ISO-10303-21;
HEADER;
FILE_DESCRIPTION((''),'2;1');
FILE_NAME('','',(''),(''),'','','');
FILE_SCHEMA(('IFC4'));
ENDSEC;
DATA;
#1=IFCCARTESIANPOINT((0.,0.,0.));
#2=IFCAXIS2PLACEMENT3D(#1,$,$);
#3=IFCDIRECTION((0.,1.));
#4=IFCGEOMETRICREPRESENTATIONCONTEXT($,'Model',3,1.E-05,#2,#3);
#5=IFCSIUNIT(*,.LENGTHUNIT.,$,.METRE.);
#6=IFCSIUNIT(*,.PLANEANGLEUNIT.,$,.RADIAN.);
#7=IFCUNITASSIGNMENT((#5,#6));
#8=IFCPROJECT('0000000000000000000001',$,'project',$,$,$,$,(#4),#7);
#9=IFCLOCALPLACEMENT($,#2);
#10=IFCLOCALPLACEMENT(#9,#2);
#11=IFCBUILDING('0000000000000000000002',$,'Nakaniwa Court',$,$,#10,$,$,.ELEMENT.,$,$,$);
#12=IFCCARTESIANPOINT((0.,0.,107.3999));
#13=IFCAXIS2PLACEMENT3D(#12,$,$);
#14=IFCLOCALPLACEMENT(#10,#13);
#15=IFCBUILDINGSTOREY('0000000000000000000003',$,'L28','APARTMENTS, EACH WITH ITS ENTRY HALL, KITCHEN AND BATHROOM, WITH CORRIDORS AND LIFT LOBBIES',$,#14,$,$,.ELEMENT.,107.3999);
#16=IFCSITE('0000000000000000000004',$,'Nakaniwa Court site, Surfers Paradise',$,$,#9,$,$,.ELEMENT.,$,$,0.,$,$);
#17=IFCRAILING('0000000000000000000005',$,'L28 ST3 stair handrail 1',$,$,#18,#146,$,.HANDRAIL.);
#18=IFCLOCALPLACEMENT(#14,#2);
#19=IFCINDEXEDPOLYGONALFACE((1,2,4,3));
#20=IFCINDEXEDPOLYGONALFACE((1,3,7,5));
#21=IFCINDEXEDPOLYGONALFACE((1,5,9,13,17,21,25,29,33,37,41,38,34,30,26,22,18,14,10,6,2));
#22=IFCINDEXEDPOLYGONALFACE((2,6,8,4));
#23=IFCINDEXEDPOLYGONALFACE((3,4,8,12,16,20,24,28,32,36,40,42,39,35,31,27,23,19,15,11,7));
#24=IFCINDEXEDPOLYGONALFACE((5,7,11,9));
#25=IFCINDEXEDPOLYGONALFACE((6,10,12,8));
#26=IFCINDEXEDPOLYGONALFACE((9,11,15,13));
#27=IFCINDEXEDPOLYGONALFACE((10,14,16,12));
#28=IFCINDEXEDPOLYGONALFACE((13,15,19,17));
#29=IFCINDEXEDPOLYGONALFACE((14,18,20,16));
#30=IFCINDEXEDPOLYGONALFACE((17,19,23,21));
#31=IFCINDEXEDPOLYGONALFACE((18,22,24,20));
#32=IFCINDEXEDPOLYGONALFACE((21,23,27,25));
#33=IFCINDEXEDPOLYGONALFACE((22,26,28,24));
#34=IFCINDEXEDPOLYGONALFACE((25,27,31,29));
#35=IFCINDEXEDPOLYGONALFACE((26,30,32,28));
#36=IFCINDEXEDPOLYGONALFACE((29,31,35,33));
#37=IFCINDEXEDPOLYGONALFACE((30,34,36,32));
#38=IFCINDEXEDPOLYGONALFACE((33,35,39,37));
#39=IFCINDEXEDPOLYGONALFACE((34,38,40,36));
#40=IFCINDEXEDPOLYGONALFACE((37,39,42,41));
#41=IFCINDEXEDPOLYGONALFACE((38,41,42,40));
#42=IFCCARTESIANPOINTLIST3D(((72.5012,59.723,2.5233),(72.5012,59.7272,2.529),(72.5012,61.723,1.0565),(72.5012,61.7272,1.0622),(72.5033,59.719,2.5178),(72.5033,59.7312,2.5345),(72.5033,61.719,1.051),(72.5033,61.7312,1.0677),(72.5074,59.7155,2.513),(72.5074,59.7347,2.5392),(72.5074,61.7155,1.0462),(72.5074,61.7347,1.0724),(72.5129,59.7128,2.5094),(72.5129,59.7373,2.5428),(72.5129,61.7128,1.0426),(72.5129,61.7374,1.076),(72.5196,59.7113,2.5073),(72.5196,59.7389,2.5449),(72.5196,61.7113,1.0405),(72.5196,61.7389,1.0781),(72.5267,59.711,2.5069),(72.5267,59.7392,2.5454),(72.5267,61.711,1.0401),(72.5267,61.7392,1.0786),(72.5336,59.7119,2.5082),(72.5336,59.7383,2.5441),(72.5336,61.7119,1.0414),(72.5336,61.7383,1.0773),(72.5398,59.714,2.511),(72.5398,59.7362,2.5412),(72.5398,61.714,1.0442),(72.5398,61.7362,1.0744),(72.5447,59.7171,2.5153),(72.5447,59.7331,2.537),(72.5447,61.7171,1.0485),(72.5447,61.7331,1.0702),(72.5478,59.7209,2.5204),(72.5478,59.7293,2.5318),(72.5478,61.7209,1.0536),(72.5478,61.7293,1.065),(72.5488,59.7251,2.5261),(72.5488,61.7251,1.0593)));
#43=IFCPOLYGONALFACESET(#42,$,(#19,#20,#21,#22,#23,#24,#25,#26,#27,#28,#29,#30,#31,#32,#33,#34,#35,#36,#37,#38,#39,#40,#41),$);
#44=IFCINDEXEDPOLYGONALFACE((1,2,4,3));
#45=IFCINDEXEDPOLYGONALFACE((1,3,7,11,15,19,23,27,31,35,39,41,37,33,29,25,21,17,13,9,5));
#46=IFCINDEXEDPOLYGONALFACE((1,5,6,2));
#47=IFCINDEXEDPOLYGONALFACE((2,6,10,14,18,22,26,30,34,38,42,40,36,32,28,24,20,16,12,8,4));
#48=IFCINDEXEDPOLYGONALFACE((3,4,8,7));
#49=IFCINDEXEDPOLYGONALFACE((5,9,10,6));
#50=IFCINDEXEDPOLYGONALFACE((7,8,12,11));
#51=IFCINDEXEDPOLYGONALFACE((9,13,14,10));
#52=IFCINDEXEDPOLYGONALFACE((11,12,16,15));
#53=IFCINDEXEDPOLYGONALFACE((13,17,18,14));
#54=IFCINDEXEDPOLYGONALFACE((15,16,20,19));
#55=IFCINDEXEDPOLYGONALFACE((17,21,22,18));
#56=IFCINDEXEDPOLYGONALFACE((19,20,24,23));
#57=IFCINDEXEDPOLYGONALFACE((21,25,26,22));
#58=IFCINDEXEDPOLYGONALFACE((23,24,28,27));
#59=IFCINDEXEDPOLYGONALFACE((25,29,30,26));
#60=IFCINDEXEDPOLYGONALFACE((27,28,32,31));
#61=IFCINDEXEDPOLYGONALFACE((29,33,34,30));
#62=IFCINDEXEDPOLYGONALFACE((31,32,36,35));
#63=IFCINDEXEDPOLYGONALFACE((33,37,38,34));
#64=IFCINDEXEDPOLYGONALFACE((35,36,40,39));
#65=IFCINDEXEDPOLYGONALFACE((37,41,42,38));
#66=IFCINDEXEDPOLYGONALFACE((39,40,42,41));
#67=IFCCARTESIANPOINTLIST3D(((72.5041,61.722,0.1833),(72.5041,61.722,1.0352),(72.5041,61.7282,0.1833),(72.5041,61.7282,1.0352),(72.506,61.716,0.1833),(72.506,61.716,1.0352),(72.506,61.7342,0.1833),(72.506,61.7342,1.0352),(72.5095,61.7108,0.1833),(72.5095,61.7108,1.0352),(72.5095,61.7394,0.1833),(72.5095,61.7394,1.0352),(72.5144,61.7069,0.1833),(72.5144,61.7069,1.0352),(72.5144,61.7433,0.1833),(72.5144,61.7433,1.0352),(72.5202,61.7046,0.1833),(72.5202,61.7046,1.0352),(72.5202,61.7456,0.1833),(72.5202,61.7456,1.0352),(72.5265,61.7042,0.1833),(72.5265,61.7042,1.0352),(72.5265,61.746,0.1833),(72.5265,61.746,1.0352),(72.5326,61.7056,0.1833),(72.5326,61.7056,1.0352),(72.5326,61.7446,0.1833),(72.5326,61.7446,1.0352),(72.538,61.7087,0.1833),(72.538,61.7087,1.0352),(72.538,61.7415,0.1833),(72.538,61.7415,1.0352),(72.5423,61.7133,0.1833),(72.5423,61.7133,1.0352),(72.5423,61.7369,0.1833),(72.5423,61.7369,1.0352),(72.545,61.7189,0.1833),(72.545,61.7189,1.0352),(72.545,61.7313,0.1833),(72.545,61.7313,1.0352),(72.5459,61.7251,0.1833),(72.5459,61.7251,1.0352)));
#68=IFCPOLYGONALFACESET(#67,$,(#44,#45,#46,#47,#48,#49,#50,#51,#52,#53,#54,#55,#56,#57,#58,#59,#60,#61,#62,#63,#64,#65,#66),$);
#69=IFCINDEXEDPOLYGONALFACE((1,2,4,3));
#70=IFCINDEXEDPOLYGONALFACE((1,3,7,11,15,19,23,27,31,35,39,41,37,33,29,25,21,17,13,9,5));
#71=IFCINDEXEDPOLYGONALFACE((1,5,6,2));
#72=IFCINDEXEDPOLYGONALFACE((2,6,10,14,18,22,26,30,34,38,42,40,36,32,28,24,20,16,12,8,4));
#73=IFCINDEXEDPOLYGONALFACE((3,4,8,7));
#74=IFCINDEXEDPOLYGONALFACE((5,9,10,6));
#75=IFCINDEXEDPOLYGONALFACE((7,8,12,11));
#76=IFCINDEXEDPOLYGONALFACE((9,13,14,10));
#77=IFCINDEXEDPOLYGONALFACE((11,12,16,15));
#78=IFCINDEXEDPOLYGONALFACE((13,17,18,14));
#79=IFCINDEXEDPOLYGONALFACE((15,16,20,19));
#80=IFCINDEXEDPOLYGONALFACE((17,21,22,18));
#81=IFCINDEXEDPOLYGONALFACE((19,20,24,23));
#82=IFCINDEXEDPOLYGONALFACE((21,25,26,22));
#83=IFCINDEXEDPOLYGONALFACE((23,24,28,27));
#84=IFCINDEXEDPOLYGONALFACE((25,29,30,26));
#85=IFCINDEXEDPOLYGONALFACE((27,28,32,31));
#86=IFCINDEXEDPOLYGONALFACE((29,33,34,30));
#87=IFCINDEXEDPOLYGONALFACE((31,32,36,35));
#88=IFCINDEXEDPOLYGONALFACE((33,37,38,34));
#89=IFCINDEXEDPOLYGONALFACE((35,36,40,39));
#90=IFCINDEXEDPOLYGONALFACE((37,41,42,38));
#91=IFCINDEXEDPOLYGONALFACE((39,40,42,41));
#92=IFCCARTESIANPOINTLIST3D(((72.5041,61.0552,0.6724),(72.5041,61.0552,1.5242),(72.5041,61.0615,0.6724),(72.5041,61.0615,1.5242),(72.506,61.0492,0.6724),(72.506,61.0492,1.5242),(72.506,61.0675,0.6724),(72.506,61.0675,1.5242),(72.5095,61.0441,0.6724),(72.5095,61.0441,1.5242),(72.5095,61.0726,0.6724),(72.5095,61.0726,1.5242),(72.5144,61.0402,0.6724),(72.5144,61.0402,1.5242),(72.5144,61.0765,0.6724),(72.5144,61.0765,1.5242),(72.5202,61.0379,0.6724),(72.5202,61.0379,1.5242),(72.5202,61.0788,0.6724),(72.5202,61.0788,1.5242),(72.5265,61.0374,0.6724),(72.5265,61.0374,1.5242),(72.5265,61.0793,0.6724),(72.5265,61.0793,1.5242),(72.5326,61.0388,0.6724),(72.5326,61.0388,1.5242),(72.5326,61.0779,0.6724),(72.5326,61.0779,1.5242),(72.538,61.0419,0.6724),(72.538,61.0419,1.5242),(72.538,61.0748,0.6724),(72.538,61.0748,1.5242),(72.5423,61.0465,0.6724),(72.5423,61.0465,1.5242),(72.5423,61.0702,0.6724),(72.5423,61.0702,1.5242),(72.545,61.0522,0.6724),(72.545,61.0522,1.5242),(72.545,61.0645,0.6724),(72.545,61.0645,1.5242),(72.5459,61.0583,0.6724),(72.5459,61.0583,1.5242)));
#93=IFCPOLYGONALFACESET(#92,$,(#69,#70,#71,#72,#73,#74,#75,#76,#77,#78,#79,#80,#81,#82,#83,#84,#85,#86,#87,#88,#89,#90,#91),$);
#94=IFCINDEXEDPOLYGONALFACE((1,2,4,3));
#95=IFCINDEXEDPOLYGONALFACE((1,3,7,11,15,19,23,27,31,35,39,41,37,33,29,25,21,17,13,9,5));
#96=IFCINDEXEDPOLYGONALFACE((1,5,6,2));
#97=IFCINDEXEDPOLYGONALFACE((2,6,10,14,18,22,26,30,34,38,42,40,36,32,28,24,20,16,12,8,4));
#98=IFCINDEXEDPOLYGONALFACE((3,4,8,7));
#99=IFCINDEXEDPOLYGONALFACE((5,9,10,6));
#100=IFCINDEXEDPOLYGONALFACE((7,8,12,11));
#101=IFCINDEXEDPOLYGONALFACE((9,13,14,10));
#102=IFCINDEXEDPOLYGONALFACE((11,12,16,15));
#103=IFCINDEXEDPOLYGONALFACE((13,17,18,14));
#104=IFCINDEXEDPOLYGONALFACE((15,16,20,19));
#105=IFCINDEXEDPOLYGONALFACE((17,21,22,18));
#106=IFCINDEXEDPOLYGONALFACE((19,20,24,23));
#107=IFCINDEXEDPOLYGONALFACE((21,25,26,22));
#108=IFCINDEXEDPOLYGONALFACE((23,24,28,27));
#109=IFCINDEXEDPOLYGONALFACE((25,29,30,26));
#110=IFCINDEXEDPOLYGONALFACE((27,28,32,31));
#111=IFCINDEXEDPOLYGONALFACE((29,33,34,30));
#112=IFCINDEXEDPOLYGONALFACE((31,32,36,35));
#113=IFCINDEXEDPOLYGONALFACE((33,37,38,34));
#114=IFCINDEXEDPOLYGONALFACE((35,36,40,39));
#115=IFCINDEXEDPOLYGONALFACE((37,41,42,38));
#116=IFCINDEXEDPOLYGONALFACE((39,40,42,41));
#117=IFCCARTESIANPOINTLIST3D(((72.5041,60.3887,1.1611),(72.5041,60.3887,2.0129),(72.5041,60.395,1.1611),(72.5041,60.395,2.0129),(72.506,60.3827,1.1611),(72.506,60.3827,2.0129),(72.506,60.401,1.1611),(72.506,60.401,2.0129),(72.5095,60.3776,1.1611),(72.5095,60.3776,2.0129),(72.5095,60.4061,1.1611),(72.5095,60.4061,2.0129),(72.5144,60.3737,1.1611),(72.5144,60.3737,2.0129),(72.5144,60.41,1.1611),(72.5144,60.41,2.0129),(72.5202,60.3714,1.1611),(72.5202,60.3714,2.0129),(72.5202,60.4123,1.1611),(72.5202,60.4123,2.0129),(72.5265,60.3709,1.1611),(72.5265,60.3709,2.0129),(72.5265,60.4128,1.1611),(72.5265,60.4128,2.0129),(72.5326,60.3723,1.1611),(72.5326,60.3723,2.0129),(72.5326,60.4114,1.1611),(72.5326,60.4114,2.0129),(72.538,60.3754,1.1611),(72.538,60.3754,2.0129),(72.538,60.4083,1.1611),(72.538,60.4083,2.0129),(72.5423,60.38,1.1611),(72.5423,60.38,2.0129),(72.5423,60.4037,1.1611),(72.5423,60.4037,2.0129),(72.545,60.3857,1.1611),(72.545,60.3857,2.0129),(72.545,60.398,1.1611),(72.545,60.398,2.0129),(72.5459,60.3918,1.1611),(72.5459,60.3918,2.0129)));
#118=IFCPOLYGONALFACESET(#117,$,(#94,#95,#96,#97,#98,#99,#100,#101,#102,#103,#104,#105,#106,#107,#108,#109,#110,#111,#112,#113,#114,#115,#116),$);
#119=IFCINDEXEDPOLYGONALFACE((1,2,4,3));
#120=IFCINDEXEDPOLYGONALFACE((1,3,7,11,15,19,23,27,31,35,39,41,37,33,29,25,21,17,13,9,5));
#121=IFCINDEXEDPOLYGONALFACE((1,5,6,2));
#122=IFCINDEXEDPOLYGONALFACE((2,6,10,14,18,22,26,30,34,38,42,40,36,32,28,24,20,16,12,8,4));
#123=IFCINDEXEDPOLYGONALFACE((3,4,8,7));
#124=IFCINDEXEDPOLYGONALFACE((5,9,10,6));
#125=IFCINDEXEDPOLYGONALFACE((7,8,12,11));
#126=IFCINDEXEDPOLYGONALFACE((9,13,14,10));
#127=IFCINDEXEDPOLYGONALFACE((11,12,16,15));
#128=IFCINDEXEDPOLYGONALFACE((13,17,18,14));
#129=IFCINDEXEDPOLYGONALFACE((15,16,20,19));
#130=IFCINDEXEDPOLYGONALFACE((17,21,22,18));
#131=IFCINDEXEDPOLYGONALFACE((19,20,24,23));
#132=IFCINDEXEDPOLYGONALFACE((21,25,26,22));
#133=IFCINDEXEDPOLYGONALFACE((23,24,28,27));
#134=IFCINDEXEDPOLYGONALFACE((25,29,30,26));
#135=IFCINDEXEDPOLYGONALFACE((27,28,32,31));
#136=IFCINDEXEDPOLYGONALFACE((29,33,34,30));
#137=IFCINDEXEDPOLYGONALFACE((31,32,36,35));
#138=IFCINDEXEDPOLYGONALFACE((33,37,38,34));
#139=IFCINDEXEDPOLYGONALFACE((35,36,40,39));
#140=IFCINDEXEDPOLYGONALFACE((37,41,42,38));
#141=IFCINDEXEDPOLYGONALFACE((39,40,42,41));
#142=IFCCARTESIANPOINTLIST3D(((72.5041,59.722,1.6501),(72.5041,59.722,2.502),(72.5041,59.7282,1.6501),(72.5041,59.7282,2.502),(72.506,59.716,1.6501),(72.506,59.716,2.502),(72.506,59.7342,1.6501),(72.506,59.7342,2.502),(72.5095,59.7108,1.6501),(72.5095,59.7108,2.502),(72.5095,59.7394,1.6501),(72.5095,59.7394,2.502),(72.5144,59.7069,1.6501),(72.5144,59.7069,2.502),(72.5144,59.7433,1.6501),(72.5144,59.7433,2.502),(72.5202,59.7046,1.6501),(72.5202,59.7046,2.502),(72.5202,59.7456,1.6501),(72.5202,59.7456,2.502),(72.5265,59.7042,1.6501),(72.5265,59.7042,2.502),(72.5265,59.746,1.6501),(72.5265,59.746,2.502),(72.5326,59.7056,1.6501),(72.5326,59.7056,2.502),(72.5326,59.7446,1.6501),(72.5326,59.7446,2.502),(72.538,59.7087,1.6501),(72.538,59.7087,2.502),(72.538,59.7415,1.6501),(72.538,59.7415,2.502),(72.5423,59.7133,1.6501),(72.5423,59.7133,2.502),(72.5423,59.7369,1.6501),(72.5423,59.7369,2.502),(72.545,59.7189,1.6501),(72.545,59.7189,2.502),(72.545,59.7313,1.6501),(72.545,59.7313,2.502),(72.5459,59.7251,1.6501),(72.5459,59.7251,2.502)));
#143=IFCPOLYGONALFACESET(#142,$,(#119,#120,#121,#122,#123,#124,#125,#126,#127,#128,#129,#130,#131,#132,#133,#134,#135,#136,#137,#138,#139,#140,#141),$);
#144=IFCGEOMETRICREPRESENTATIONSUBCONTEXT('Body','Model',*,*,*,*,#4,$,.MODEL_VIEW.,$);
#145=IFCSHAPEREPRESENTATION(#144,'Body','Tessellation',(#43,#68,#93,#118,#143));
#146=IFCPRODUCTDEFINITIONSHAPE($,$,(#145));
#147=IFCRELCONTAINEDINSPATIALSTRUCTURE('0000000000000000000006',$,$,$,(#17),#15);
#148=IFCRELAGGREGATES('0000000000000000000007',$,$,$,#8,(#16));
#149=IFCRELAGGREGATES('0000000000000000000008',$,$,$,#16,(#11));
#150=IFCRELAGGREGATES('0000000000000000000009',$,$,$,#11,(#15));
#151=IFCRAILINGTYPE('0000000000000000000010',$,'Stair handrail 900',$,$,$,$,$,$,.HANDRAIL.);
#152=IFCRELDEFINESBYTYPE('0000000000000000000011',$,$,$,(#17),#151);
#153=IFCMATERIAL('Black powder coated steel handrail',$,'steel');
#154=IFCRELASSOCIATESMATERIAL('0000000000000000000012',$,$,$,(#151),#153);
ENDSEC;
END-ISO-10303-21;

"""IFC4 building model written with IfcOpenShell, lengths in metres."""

from ifc_helpers import new_model, si_unit, direction, frame, origin, origin_2d, place, context, subcontext, project, spatial, circle, extrude, material, type_object, element, save


model = new_model("IFC4")

# Units and contexts
model_context = context("Model", 3, precision=1e-05, world=origin(), true_north=direction((0.0, 1.0)))
body_context = subcontext(model_context, "Body", "Model", "MODEL_VIEW")
ifc_project = project(units=[si_unit("LENGTHUNIT", "METRE"), si_unit("PLANEANGLEUNIT", "RADIAN")], contexts=[model_context])

# Site, building, storey
site_placement = place(None, origin())
site = spatial("IfcSite", under=ifc_project, at=site_placement, Name="Nakaniwa Court site, Surfers Paradise", CompositionType="ELEMENT", RefElevation=0.0)
building_placement = place(site_placement, origin())
building = spatial("IfcBuilding", under=site, at=building_placement, Name="Nakaniwa Court", CompositionType="ELEMENT")
storey_placement = place(building_placement, frame((0.0, 0.0, 107.3999)))
storey = spatial("IfcBuildingStorey", under=building, at=storey_placement, Name="L28", Description="APARTMENTS, EACH WITH ITS ENTRY HALL, KITCHEN AND BATHROOM, WITH CORRIDORS AND LIFT LOBBIES", CompositionType="ELEMENT", Elevation=107.3999)

# Railing
ifc_material_1 = material(Name="Black powder coated steel handrail", Category="steel")
railing_type_1 = type_object("IfcRailingType", Name="Stair handrail 900", PredefinedType="HANDRAIL", material=ifc_material_1)
railing_1_placement = place(storey_placement, frame((72.5249, 61.7251, 0.1833)))
element("IfcRailing", 1, at=railing_1_placement, inside=storey, type_object=railing_type_1, Name="L28 ST3 stair handrail 1", PredefinedType="HANDRAIL", context=body_context, shape_type="SweptSolid", body=[
    extrude(circle(Radius=0.0239, at=origin_2d()), frame((0.0, 0.0, 0.876), z_axis=(0.0, -0.80638, 0.591398), x_axis=(1.0, 0.0, 0.0)), (0.0, 0.0, 1.0), 2.4802),
    extrude(circle(Radius=0.021, at=origin_2d()), origin(), (0.0, 0.0, 1.0), 0.8518),
    extrude(circle(Radius=0.021, at=origin_2d()), frame((0.0, -0.6667, 0.489)), (0.0, 0.0, 1.0), 0.8518),
    extrude(circle(Radius=0.021, at=origin_2d()), frame((0.0, -1.3333, 0.9778)), (0.0, 0.0, 1.0), 0.8518),
    extrude(circle(Radius=0.021, at=origin_2d()), frame((0.0, -2.0, 1.4668)), (0.0, 0.0, 1.0), 0.8518),
])

save(model, "model.ifc")
